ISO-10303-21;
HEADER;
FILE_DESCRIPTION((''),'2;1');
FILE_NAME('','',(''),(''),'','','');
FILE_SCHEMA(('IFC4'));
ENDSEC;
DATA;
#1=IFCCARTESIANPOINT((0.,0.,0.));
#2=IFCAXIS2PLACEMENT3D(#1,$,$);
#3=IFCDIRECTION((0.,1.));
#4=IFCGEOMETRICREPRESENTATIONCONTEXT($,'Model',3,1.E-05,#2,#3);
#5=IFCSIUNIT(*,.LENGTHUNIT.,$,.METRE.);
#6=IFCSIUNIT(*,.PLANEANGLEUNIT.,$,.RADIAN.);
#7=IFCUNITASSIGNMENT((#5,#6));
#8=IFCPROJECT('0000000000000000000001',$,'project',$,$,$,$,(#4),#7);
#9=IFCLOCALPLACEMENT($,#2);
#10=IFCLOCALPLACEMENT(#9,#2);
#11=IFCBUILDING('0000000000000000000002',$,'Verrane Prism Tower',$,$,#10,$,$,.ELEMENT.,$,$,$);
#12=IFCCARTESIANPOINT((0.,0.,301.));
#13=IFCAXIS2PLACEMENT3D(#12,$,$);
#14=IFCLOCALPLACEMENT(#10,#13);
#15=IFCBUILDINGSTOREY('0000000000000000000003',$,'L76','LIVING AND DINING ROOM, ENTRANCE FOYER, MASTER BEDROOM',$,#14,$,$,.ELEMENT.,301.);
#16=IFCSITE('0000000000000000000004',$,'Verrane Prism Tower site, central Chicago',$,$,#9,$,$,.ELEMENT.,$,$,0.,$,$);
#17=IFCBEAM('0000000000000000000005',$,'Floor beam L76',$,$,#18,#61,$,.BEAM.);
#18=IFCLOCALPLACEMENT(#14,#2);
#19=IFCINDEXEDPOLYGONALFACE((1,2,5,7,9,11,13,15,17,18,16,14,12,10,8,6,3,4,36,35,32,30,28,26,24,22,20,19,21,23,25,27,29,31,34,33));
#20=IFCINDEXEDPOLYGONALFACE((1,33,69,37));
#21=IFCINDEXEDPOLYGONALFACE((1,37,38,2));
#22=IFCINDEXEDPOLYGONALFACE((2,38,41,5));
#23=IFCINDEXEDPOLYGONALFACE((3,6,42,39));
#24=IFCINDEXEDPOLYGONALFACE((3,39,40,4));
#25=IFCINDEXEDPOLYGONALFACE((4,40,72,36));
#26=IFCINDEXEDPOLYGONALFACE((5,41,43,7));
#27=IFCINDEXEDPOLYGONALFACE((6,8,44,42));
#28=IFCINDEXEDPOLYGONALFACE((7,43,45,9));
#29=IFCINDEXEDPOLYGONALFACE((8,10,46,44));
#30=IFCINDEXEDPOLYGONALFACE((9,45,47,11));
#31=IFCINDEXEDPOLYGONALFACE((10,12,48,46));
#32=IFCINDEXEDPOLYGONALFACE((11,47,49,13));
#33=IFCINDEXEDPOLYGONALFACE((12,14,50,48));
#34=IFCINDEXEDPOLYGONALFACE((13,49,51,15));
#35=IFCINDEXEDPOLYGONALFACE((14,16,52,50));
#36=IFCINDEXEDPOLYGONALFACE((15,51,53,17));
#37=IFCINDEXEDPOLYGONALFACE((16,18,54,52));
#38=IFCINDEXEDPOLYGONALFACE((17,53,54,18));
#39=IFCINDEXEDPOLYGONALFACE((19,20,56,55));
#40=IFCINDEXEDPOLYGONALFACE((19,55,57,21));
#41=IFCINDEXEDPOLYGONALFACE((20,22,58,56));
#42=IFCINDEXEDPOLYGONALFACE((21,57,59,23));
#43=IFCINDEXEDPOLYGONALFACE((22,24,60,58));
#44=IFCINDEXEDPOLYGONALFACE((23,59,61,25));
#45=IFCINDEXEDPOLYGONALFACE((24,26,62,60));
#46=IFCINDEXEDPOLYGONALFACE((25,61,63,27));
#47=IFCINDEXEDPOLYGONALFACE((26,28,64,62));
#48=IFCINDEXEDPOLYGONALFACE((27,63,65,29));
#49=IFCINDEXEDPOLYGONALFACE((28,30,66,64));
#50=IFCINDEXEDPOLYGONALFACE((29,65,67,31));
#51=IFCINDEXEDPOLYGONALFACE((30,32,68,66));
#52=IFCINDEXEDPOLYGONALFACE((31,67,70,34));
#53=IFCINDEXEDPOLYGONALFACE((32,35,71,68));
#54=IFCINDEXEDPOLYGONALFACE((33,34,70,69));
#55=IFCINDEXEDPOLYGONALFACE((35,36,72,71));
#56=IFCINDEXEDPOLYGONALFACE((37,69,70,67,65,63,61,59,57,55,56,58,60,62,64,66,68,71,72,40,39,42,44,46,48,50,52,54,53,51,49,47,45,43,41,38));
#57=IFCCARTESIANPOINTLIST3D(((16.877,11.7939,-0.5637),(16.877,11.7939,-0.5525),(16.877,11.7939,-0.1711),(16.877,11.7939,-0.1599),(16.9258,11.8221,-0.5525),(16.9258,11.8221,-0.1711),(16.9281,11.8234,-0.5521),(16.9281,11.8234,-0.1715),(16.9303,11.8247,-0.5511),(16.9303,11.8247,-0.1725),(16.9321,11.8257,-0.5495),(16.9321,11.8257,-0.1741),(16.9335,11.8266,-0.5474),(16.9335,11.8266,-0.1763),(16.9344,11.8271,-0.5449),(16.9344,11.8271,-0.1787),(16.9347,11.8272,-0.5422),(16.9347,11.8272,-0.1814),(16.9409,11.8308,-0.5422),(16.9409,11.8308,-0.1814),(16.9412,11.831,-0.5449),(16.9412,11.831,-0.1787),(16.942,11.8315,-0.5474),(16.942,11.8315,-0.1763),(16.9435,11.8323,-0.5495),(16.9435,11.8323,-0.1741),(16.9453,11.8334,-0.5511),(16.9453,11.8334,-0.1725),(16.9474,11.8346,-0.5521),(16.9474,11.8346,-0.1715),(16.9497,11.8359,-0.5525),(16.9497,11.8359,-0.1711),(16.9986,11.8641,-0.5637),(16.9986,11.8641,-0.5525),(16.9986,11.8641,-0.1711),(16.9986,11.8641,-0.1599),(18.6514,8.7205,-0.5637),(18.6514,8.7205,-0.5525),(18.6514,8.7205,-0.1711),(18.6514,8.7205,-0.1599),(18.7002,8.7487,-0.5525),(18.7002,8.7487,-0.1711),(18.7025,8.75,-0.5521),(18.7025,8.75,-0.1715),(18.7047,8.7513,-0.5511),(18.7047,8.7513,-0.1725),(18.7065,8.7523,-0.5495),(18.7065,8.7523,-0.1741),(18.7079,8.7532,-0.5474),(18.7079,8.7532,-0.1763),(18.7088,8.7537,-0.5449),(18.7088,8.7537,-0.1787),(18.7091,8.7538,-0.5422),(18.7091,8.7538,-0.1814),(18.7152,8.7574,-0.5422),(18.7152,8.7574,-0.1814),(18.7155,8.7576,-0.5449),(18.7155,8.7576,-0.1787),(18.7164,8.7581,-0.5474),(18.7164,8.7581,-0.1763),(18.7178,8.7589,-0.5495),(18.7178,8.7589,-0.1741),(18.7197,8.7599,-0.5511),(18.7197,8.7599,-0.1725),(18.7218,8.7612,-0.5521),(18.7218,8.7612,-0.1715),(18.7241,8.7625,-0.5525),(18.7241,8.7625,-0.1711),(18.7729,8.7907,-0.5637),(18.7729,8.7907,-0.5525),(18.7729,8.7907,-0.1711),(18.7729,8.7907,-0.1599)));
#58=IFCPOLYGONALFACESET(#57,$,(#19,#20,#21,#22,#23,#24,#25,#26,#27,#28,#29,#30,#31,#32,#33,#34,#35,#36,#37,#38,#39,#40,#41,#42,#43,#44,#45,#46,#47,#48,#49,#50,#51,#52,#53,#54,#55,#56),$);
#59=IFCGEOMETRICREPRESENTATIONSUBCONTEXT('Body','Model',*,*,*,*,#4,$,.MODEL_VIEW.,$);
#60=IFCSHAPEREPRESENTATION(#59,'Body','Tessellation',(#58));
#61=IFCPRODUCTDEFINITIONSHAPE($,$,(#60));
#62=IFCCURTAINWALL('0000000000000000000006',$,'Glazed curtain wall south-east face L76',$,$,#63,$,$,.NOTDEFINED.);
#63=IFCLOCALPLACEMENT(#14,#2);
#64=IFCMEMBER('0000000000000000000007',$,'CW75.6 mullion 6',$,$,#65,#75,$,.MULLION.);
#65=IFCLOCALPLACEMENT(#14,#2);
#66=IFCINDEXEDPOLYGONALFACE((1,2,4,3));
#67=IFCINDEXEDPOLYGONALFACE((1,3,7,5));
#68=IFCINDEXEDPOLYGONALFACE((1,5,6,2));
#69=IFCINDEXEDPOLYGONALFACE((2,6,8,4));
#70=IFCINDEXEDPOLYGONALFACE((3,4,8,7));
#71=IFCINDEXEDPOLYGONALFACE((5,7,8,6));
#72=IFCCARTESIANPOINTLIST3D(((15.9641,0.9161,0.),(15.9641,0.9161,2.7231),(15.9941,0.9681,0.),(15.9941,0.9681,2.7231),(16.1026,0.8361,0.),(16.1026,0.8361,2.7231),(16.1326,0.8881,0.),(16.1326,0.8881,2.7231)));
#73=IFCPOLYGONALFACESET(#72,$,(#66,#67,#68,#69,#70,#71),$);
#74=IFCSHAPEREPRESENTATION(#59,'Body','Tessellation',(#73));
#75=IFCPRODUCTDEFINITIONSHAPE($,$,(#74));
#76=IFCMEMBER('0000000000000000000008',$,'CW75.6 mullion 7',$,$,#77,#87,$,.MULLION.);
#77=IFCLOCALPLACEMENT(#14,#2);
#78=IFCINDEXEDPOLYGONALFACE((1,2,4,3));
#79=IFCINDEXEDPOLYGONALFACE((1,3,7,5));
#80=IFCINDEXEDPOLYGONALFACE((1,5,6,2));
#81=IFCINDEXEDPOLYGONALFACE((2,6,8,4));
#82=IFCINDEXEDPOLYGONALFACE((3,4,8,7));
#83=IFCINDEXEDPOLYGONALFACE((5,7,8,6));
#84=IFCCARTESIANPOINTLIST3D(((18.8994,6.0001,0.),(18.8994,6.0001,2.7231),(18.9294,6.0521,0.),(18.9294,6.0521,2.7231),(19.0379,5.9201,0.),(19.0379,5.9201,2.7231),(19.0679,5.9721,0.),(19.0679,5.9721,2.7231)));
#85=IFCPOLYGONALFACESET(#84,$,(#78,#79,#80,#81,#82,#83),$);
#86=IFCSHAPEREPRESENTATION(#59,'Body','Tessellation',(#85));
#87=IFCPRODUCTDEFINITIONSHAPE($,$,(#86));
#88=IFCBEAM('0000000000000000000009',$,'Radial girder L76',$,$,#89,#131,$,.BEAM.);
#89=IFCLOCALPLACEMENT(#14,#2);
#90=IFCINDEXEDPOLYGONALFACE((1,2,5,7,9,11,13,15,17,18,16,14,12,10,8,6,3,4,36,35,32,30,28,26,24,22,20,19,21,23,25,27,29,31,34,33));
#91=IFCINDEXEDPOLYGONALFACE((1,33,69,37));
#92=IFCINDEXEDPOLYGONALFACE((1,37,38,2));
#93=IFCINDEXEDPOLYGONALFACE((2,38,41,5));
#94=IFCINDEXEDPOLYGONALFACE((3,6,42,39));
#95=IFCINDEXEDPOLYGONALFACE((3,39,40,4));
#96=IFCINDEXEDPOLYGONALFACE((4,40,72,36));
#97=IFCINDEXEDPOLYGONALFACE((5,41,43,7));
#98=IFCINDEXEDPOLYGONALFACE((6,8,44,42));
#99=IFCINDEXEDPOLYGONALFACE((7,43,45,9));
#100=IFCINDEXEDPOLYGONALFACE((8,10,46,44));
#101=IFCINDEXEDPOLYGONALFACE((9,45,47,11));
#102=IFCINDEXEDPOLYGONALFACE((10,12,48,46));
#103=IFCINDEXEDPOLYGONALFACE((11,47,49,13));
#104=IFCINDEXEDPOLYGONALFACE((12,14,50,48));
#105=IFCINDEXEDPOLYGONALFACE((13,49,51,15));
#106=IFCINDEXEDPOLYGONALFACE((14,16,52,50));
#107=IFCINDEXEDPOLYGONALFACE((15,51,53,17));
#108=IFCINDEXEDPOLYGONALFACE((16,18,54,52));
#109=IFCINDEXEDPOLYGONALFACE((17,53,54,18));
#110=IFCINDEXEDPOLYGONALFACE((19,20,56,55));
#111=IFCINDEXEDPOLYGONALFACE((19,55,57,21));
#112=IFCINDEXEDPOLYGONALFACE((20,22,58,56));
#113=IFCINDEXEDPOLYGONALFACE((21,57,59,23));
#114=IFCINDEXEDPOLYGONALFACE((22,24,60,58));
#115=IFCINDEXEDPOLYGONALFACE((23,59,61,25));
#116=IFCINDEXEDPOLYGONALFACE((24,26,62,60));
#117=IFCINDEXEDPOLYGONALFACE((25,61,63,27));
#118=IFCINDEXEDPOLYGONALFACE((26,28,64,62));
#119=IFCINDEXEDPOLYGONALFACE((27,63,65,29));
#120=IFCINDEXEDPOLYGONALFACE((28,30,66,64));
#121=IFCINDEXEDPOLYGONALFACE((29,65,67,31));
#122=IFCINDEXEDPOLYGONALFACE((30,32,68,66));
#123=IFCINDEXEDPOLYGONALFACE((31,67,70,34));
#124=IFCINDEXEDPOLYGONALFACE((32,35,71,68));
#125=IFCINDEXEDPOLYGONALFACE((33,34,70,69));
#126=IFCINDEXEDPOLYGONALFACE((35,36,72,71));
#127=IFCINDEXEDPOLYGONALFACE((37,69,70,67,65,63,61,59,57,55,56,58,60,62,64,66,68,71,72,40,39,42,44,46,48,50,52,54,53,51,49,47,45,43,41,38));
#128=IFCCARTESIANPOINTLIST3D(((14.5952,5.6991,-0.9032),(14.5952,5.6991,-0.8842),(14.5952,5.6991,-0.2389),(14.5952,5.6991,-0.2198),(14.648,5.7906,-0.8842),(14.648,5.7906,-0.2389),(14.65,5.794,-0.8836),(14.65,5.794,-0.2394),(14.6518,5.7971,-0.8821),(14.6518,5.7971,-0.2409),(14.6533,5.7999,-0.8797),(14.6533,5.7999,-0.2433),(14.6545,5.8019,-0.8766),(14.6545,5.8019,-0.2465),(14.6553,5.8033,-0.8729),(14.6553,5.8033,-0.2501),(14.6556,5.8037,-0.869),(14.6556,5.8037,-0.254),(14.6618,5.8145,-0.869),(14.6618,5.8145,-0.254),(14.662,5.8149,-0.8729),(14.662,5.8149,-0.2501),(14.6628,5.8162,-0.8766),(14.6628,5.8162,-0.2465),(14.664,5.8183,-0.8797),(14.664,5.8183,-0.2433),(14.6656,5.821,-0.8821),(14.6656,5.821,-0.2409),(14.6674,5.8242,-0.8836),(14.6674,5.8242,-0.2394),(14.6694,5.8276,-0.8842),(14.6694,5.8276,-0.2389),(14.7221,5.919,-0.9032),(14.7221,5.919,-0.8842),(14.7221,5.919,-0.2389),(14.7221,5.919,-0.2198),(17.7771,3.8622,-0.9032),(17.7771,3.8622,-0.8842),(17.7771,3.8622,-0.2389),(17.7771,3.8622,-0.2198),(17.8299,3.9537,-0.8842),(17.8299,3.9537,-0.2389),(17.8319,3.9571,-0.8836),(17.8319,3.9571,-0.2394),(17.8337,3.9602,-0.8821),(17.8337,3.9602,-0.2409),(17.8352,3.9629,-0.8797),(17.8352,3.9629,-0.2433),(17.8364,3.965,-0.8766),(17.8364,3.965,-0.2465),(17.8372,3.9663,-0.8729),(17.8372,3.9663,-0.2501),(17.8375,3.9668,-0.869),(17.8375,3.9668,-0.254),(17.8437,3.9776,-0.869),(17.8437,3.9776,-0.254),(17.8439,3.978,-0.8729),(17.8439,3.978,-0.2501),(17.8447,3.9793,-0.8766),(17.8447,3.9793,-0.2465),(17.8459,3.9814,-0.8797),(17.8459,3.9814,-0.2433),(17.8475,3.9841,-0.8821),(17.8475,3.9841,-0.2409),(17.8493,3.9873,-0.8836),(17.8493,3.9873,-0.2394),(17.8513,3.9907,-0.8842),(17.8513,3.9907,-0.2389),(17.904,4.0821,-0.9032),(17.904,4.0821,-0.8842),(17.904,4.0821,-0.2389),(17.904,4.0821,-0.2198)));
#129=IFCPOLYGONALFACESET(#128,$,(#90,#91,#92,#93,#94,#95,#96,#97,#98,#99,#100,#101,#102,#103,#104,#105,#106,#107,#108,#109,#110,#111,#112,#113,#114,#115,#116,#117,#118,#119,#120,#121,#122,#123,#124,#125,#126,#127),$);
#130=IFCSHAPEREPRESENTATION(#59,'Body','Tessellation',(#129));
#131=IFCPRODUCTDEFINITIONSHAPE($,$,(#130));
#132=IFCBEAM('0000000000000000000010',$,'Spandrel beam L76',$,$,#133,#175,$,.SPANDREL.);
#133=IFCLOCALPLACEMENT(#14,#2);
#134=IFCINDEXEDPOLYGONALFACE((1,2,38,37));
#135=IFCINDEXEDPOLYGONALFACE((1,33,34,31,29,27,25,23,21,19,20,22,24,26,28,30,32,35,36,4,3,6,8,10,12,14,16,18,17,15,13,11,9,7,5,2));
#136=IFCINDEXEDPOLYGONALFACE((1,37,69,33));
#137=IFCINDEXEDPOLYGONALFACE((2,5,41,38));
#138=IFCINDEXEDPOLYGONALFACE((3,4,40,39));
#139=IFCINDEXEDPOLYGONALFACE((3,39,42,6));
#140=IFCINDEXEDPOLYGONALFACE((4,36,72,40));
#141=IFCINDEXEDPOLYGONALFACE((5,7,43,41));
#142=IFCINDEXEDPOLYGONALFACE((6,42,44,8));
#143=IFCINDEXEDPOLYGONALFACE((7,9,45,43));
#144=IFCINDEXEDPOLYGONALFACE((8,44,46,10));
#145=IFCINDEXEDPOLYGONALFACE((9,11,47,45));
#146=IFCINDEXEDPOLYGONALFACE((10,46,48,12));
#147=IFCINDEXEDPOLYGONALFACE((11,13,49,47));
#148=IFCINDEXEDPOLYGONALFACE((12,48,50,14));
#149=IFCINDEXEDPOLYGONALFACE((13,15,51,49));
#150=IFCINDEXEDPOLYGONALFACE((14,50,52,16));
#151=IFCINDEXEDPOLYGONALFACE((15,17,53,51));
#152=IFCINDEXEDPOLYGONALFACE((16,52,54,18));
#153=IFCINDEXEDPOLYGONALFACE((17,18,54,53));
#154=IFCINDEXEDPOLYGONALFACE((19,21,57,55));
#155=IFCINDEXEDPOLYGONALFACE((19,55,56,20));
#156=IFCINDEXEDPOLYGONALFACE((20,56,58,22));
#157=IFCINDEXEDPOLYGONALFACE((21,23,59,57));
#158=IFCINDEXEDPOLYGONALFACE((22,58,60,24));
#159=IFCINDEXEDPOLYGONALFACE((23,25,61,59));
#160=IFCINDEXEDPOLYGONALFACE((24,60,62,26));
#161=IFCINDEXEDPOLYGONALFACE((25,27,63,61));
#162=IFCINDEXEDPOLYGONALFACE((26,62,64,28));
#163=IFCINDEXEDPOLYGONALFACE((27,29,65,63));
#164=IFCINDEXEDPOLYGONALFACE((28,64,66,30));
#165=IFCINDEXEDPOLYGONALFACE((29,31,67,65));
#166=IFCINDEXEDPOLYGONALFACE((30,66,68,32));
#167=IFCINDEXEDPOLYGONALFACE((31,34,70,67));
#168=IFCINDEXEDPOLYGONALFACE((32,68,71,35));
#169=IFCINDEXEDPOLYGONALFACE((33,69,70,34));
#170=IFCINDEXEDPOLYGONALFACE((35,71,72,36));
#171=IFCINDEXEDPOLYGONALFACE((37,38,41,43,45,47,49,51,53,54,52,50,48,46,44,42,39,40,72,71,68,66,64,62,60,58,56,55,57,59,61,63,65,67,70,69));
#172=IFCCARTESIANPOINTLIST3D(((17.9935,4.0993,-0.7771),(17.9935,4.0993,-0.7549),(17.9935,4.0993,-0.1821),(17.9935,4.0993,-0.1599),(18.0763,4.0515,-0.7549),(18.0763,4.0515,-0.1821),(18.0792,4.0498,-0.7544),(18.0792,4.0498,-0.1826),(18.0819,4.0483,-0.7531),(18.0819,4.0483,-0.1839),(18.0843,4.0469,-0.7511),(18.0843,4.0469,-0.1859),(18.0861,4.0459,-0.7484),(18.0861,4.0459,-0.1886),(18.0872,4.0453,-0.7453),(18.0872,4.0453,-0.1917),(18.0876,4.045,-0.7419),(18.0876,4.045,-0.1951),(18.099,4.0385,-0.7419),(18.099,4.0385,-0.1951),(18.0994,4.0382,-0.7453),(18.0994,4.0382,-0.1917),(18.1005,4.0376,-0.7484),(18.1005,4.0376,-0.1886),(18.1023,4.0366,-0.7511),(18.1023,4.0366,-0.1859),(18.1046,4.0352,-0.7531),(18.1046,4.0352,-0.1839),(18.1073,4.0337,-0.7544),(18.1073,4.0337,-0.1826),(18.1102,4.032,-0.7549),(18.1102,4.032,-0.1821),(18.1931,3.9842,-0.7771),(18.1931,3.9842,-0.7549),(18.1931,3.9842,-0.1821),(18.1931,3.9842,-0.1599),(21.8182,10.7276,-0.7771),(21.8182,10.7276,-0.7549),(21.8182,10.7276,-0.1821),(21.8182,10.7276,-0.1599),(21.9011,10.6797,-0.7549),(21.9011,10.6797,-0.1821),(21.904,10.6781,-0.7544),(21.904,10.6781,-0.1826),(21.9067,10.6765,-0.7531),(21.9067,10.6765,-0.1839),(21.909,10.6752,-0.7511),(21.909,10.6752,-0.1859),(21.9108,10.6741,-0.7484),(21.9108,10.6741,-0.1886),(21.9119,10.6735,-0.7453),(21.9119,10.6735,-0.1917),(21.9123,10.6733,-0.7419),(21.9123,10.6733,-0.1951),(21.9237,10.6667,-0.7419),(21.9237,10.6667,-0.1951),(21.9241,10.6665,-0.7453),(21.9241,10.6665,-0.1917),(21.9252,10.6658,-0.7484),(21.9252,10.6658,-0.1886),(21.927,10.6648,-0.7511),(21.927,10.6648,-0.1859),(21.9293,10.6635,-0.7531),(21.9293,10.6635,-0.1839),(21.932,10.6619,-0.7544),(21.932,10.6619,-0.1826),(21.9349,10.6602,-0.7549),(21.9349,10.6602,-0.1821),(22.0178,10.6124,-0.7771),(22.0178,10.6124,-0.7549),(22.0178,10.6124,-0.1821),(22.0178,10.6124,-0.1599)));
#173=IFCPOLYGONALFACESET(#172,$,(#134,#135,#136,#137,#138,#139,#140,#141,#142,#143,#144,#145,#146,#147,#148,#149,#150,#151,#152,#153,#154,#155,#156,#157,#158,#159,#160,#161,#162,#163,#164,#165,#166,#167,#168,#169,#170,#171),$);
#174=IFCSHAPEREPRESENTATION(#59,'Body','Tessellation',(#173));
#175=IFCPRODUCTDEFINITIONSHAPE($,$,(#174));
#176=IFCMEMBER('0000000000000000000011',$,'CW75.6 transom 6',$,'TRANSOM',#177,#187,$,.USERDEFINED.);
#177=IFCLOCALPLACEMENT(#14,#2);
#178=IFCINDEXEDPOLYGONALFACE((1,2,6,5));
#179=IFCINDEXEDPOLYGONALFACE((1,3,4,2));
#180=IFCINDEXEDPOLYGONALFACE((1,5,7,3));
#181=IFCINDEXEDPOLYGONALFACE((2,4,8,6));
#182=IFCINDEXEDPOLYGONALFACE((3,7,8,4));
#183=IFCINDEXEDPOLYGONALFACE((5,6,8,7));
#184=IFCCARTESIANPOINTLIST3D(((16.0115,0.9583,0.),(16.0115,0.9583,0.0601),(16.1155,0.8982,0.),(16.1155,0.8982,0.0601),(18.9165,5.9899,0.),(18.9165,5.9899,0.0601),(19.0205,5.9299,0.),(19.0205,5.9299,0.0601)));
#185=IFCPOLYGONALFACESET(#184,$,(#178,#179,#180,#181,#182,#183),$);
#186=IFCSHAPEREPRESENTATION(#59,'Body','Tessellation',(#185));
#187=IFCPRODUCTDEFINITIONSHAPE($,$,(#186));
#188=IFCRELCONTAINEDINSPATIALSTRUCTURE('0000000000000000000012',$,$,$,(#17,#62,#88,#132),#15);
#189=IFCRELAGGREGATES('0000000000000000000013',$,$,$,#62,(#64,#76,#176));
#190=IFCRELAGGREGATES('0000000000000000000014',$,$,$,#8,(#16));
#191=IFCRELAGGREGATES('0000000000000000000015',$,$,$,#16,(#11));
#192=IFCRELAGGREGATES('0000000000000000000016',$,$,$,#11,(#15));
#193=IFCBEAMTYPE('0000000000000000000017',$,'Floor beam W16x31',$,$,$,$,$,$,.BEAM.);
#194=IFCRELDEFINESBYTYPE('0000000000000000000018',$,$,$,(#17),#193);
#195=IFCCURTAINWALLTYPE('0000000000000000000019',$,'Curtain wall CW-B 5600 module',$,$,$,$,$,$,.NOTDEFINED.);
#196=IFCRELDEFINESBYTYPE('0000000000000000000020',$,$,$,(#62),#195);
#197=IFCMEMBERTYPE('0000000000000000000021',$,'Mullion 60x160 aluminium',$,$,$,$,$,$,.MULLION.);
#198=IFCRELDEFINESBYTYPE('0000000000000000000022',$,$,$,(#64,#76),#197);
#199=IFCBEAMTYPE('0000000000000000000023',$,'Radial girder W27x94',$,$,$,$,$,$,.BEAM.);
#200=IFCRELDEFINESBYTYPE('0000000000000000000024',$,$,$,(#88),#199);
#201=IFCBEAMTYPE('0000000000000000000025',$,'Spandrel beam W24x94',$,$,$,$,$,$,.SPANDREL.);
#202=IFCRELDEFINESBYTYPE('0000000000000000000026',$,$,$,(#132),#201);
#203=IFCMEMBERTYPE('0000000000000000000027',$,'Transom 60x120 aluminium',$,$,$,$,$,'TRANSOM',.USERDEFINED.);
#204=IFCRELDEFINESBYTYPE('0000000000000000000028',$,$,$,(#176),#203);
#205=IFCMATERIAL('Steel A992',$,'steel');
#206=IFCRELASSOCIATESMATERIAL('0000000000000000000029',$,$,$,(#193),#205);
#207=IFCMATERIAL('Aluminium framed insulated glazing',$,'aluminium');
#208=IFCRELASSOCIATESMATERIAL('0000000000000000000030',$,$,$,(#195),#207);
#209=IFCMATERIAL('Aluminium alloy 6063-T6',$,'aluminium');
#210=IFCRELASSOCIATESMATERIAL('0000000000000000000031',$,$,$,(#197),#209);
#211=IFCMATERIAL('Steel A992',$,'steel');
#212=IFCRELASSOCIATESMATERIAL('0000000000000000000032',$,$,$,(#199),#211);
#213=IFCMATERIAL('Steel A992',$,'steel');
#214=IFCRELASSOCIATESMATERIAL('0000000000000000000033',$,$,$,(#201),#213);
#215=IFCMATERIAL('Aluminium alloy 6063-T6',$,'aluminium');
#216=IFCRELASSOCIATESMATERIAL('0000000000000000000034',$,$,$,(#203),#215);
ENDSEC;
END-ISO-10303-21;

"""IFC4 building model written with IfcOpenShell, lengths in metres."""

from ifc_helpers import new_model, si_unit, direction, frame, origin, origin_2d, place, context, subcontext, project, spatial, rectangle, i_section, extrude, material, material_profile, profile_set, type_object, element, aggregate, save


model = new_model("IFC4")

# Units and contexts
model_context = context("Model", 3, precision=1e-05, world=origin(), true_north=direction((0.0, 1.0)))
body_context = subcontext(model_context, "Body", "Model", "MODEL_VIEW")
ifc_project = project(units=[si_unit("LENGTHUNIT", "METRE"), si_unit("PLANEANGLEUNIT", "RADIAN")], contexts=[model_context])

# Site, building, storey
site_placement = place(None, origin())
site = spatial("IfcSite", under=ifc_project, at=site_placement, Name="Verrane Prism Tower site, central Chicago", CompositionType="ELEMENT", RefElevation=0.0)
building_placement = place(site_placement, origin())
building = spatial("IfcBuilding", under=site, at=building_placement, Name="Verrane Prism Tower", CompositionType="ELEMENT")
storey_placement = place(building_placement, frame((0.0, 0.0, 301.0)))
storey = spatial("IfcBuildingStorey", under=building, at=storey_placement, Name="L76", Description="LIVING AND DINING ROOM, ENTRANCE FOYER, MASTER BEDROOM", CompositionType="ELEMENT", Elevation=301.0)

# Beam
ifc_material_1 = material(Name="Steel A992", Category="steel")
ifc_material_profile_1 = material_profile(ifc_material_1, i_section(OverallWidth=0.1404, OverallDepth=0.4038, WebThickness=0.0071, FlangeThickness=0.0112, FilletRadius=0.0103, at=origin_2d()), Name="W16x31")
ifc_profile_set_1 = profile_set([ifc_material_profile_1], Name="Steel A992")
beam_type_1 = type_object("IfcBeamType", Name="Floor beam W16x31", PredefinedType="BEAM", material=ifc_profile_set_1)
beam_1_placement = place(storey_placement, frame((18.7122, 8.7556, -0.3618), z_axis=(-0.499986, 0.866033, 0.0), x_axis=(-0.866033, -0.499986, 0.0)))
element("IfcBeam", 1, at=beam_1_placement, inside=storey, type_object=beam_type_1, Name="Floor beam L76", PredefinedType="BEAM", context=body_context, shape_type="SweptSolid", body=[
    extrude(i_section(OverallWidth=0.1404, OverallDepth=0.4038, WebThickness=0.0071, FlangeThickness=0.0112, FilletRadius=0.0103, at=origin_2d()), origin(), (0.0, 0.0, 1.0), 3.5488),
])

# Curtain wall, members
ifc_material_2 = material(Name="Aluminium framed insulated glazing", Category="aluminium")
curtain_wall_type = type_object("IfcCurtainWallType", Name="Curtain wall CW-B 5600 module", PredefinedType="NOTDEFINED", material=ifc_material_2)
curtain_wall_placement = place(storey_placement, origin())
curtain_wall = element("IfcCurtainWall", 2, at=curtain_wall_placement, inside=storey, type_object=curtain_wall_type, Name="Glazed curtain wall south-east face L76", PredefinedType="NOTDEFINED")
ifc_material_3 = material(Name="Aluminium alloy 6063-T6", Category="aluminium")
ifc_material_profile_2 = material_profile(ifc_material_3, rectangle(XDim=0.1599, YDim=0.0601, at=origin_2d()), Name="Mullion 60x160 aluminium")
ifc_profile_set_2 = profile_set([ifc_material_profile_2], Name="Aluminium alloy 6063-T6")
member_type_1 = type_object("IfcMemberType", Name="Mullion 60x160 aluminium", PredefinedType="MULLION", material=ifc_profile_set_2)
member_1_placement = place(storey_placement, frame((16.0483, 0.9021, 0.0), z_axis=(0.0, 0.0, 1.0), x_axis=(-0.866025, 0.500001, 0.0)))
member_1 = element("IfcMember", 3, at=member_1_placement, type_object=member_type_1, Name="CW75.6 mullion 6", PredefinedType="MULLION", context=body_context, shape_type="SweptSolid", body=[
    extrude(rectangle(XDim=0.1599, YDim=0.0601, at=origin_2d()), origin(), (0.0, 0.0, 1.0), 2.7231),
])
member_2_placement = place(storey_placement, frame((18.9836, 5.9861, 0.0), z_axis=(0.0, 0.0, 1.0), x_axis=(-0.866025, 0.500001, 0.0)))
member_2 = element("IfcMember", 4, at=member_2_placement, type_object=member_type_1, Name="CW75.6 mullion 7", PredefinedType="MULLION", context=body_context, shape_type="SweptSolid", body=[
    extrude(rectangle(XDim=0.1599, YDim=0.0601, at=origin_2d()), origin(), (0.0, 0.0, 1.0), 2.7231),
])

# Beams
ifc_material_4 = material(Name="Steel A992", Category="steel")
ifc_material_profile_3 = material_profile(ifc_material_4, i_section(OverallWidth=0.2539, OverallDepth=0.6833, WebThickness=0.0125, FlangeThickness=0.019, FilletRadius=0.0151, at=origin_2d()), Name="W27x94")
ifc_profile_set_3 = profile_set([ifc_material_profile_3], Name="Steel A992")
beam_type_2 = type_object("IfcBeamType", Name="Radial girder W27x94", PredefinedType="BEAM", material=ifc_profile_set_3)
beam_2_placement = place(storey_placement, frame((17.8406, 3.9722, -0.5615), z_axis=(-0.866043, 0.49997, 0.0), x_axis=(-0.49997, -0.866043, 0.0)))
element("IfcBeam", 5, at=beam_2_placement, inside=storey, type_object=beam_type_2, Name="Radial girder L76", PredefinedType="BEAM", context=body_context, shape_type="SweptSolid", body=[
    extrude(i_section(OverallWidth=0.2539, OverallDepth=0.6833, WebThickness=0.0125, FlangeThickness=0.019, FilletRadius=0.0151, at=origin_2d()), origin(), (0.0, 0.0, 1.0), 3.6741),
])
ifc_material_5 = material(Name="Steel A992", Category="steel")
ifc_material_profile_4 = material_profile(ifc_material_5, i_section(OverallWidth=0.2305, OverallDepth=0.6172, WebThickness=0.0132, FlangeThickness=0.0222, FilletRadius=0.0129, at=origin_2d()), Name="W24x94")
ifc_profile_set_4 = profile_set([ifc_material_profile_4], Name="Steel A992")
beam_type_3 = type_object("IfcBeamType", Name="Spandrel beam W24x94", PredefinedType="SPANDREL", material=ifc_profile_set_4)
beam_3_placement = place(storey_placement, frame((18.0933, 4.0417, -0.4685), z_axis=(0.499797, 0.866143, 0.0), x_axis=(-0.866143, 0.499797, 0.0)))
element("IfcBeam", 6, at=beam_3_placement, inside=storey, type_object=beam_type_3, Name="Spandrel beam L76", PredefinedType="SPANDREL", context=body_context, shape_type="SweptSolid", body=[
    extrude(i_section(OverallWidth=0.2305, OverallDepth=0.6172, WebThickness=0.0132, FlangeThickness=0.0222, FilletRadius=0.0129, at=origin_2d()), origin(), (0.0, 0.0, 1.0), 7.6526),
])

# Member
ifc_material_6 = material(Name="Aluminium alloy 6063-T6", Category="aluminium")
ifc_material_profile_5 = material_profile(ifc_material_6, rectangle(XDim=0.1201, YDim=0.0601, at=origin_2d()), Name="Transom 60x120 aluminium")
ifc_profile_set_5 = profile_set([ifc_material_profile_5], Name="Aluminium alloy 6063-T6")
member_type_2 = type_object("IfcMemberType", Name="Transom 60x120 aluminium", ElementType="TRANSOM", PredefinedType="USERDEFINED", material=ifc_profile_set_5)
member_3_placement = place(storey_placement, frame((16.0635, 0.9282, 0.03), z_axis=(0.499994, 0.866029, 0.0), x_axis=(-0.866029, 0.499994, 0.0)))
member_3 = element("IfcMember", 7, at=member_3_placement, type_object=member_type_2, Name="CW75.6 transom 6", ObjectType="TRANSOM", PredefinedType="USERDEFINED", context=body_context, shape_type="SweptSolid", body=[
    extrude(rectangle(XDim=0.1201, YDim=0.0601, at=origin_2d()), origin(), (0.0, 0.0, 1.0), 5.8101),
])

aggregate(curtain_wall, [member_1, member_2, member_3])

save(model, "model.ifc")
